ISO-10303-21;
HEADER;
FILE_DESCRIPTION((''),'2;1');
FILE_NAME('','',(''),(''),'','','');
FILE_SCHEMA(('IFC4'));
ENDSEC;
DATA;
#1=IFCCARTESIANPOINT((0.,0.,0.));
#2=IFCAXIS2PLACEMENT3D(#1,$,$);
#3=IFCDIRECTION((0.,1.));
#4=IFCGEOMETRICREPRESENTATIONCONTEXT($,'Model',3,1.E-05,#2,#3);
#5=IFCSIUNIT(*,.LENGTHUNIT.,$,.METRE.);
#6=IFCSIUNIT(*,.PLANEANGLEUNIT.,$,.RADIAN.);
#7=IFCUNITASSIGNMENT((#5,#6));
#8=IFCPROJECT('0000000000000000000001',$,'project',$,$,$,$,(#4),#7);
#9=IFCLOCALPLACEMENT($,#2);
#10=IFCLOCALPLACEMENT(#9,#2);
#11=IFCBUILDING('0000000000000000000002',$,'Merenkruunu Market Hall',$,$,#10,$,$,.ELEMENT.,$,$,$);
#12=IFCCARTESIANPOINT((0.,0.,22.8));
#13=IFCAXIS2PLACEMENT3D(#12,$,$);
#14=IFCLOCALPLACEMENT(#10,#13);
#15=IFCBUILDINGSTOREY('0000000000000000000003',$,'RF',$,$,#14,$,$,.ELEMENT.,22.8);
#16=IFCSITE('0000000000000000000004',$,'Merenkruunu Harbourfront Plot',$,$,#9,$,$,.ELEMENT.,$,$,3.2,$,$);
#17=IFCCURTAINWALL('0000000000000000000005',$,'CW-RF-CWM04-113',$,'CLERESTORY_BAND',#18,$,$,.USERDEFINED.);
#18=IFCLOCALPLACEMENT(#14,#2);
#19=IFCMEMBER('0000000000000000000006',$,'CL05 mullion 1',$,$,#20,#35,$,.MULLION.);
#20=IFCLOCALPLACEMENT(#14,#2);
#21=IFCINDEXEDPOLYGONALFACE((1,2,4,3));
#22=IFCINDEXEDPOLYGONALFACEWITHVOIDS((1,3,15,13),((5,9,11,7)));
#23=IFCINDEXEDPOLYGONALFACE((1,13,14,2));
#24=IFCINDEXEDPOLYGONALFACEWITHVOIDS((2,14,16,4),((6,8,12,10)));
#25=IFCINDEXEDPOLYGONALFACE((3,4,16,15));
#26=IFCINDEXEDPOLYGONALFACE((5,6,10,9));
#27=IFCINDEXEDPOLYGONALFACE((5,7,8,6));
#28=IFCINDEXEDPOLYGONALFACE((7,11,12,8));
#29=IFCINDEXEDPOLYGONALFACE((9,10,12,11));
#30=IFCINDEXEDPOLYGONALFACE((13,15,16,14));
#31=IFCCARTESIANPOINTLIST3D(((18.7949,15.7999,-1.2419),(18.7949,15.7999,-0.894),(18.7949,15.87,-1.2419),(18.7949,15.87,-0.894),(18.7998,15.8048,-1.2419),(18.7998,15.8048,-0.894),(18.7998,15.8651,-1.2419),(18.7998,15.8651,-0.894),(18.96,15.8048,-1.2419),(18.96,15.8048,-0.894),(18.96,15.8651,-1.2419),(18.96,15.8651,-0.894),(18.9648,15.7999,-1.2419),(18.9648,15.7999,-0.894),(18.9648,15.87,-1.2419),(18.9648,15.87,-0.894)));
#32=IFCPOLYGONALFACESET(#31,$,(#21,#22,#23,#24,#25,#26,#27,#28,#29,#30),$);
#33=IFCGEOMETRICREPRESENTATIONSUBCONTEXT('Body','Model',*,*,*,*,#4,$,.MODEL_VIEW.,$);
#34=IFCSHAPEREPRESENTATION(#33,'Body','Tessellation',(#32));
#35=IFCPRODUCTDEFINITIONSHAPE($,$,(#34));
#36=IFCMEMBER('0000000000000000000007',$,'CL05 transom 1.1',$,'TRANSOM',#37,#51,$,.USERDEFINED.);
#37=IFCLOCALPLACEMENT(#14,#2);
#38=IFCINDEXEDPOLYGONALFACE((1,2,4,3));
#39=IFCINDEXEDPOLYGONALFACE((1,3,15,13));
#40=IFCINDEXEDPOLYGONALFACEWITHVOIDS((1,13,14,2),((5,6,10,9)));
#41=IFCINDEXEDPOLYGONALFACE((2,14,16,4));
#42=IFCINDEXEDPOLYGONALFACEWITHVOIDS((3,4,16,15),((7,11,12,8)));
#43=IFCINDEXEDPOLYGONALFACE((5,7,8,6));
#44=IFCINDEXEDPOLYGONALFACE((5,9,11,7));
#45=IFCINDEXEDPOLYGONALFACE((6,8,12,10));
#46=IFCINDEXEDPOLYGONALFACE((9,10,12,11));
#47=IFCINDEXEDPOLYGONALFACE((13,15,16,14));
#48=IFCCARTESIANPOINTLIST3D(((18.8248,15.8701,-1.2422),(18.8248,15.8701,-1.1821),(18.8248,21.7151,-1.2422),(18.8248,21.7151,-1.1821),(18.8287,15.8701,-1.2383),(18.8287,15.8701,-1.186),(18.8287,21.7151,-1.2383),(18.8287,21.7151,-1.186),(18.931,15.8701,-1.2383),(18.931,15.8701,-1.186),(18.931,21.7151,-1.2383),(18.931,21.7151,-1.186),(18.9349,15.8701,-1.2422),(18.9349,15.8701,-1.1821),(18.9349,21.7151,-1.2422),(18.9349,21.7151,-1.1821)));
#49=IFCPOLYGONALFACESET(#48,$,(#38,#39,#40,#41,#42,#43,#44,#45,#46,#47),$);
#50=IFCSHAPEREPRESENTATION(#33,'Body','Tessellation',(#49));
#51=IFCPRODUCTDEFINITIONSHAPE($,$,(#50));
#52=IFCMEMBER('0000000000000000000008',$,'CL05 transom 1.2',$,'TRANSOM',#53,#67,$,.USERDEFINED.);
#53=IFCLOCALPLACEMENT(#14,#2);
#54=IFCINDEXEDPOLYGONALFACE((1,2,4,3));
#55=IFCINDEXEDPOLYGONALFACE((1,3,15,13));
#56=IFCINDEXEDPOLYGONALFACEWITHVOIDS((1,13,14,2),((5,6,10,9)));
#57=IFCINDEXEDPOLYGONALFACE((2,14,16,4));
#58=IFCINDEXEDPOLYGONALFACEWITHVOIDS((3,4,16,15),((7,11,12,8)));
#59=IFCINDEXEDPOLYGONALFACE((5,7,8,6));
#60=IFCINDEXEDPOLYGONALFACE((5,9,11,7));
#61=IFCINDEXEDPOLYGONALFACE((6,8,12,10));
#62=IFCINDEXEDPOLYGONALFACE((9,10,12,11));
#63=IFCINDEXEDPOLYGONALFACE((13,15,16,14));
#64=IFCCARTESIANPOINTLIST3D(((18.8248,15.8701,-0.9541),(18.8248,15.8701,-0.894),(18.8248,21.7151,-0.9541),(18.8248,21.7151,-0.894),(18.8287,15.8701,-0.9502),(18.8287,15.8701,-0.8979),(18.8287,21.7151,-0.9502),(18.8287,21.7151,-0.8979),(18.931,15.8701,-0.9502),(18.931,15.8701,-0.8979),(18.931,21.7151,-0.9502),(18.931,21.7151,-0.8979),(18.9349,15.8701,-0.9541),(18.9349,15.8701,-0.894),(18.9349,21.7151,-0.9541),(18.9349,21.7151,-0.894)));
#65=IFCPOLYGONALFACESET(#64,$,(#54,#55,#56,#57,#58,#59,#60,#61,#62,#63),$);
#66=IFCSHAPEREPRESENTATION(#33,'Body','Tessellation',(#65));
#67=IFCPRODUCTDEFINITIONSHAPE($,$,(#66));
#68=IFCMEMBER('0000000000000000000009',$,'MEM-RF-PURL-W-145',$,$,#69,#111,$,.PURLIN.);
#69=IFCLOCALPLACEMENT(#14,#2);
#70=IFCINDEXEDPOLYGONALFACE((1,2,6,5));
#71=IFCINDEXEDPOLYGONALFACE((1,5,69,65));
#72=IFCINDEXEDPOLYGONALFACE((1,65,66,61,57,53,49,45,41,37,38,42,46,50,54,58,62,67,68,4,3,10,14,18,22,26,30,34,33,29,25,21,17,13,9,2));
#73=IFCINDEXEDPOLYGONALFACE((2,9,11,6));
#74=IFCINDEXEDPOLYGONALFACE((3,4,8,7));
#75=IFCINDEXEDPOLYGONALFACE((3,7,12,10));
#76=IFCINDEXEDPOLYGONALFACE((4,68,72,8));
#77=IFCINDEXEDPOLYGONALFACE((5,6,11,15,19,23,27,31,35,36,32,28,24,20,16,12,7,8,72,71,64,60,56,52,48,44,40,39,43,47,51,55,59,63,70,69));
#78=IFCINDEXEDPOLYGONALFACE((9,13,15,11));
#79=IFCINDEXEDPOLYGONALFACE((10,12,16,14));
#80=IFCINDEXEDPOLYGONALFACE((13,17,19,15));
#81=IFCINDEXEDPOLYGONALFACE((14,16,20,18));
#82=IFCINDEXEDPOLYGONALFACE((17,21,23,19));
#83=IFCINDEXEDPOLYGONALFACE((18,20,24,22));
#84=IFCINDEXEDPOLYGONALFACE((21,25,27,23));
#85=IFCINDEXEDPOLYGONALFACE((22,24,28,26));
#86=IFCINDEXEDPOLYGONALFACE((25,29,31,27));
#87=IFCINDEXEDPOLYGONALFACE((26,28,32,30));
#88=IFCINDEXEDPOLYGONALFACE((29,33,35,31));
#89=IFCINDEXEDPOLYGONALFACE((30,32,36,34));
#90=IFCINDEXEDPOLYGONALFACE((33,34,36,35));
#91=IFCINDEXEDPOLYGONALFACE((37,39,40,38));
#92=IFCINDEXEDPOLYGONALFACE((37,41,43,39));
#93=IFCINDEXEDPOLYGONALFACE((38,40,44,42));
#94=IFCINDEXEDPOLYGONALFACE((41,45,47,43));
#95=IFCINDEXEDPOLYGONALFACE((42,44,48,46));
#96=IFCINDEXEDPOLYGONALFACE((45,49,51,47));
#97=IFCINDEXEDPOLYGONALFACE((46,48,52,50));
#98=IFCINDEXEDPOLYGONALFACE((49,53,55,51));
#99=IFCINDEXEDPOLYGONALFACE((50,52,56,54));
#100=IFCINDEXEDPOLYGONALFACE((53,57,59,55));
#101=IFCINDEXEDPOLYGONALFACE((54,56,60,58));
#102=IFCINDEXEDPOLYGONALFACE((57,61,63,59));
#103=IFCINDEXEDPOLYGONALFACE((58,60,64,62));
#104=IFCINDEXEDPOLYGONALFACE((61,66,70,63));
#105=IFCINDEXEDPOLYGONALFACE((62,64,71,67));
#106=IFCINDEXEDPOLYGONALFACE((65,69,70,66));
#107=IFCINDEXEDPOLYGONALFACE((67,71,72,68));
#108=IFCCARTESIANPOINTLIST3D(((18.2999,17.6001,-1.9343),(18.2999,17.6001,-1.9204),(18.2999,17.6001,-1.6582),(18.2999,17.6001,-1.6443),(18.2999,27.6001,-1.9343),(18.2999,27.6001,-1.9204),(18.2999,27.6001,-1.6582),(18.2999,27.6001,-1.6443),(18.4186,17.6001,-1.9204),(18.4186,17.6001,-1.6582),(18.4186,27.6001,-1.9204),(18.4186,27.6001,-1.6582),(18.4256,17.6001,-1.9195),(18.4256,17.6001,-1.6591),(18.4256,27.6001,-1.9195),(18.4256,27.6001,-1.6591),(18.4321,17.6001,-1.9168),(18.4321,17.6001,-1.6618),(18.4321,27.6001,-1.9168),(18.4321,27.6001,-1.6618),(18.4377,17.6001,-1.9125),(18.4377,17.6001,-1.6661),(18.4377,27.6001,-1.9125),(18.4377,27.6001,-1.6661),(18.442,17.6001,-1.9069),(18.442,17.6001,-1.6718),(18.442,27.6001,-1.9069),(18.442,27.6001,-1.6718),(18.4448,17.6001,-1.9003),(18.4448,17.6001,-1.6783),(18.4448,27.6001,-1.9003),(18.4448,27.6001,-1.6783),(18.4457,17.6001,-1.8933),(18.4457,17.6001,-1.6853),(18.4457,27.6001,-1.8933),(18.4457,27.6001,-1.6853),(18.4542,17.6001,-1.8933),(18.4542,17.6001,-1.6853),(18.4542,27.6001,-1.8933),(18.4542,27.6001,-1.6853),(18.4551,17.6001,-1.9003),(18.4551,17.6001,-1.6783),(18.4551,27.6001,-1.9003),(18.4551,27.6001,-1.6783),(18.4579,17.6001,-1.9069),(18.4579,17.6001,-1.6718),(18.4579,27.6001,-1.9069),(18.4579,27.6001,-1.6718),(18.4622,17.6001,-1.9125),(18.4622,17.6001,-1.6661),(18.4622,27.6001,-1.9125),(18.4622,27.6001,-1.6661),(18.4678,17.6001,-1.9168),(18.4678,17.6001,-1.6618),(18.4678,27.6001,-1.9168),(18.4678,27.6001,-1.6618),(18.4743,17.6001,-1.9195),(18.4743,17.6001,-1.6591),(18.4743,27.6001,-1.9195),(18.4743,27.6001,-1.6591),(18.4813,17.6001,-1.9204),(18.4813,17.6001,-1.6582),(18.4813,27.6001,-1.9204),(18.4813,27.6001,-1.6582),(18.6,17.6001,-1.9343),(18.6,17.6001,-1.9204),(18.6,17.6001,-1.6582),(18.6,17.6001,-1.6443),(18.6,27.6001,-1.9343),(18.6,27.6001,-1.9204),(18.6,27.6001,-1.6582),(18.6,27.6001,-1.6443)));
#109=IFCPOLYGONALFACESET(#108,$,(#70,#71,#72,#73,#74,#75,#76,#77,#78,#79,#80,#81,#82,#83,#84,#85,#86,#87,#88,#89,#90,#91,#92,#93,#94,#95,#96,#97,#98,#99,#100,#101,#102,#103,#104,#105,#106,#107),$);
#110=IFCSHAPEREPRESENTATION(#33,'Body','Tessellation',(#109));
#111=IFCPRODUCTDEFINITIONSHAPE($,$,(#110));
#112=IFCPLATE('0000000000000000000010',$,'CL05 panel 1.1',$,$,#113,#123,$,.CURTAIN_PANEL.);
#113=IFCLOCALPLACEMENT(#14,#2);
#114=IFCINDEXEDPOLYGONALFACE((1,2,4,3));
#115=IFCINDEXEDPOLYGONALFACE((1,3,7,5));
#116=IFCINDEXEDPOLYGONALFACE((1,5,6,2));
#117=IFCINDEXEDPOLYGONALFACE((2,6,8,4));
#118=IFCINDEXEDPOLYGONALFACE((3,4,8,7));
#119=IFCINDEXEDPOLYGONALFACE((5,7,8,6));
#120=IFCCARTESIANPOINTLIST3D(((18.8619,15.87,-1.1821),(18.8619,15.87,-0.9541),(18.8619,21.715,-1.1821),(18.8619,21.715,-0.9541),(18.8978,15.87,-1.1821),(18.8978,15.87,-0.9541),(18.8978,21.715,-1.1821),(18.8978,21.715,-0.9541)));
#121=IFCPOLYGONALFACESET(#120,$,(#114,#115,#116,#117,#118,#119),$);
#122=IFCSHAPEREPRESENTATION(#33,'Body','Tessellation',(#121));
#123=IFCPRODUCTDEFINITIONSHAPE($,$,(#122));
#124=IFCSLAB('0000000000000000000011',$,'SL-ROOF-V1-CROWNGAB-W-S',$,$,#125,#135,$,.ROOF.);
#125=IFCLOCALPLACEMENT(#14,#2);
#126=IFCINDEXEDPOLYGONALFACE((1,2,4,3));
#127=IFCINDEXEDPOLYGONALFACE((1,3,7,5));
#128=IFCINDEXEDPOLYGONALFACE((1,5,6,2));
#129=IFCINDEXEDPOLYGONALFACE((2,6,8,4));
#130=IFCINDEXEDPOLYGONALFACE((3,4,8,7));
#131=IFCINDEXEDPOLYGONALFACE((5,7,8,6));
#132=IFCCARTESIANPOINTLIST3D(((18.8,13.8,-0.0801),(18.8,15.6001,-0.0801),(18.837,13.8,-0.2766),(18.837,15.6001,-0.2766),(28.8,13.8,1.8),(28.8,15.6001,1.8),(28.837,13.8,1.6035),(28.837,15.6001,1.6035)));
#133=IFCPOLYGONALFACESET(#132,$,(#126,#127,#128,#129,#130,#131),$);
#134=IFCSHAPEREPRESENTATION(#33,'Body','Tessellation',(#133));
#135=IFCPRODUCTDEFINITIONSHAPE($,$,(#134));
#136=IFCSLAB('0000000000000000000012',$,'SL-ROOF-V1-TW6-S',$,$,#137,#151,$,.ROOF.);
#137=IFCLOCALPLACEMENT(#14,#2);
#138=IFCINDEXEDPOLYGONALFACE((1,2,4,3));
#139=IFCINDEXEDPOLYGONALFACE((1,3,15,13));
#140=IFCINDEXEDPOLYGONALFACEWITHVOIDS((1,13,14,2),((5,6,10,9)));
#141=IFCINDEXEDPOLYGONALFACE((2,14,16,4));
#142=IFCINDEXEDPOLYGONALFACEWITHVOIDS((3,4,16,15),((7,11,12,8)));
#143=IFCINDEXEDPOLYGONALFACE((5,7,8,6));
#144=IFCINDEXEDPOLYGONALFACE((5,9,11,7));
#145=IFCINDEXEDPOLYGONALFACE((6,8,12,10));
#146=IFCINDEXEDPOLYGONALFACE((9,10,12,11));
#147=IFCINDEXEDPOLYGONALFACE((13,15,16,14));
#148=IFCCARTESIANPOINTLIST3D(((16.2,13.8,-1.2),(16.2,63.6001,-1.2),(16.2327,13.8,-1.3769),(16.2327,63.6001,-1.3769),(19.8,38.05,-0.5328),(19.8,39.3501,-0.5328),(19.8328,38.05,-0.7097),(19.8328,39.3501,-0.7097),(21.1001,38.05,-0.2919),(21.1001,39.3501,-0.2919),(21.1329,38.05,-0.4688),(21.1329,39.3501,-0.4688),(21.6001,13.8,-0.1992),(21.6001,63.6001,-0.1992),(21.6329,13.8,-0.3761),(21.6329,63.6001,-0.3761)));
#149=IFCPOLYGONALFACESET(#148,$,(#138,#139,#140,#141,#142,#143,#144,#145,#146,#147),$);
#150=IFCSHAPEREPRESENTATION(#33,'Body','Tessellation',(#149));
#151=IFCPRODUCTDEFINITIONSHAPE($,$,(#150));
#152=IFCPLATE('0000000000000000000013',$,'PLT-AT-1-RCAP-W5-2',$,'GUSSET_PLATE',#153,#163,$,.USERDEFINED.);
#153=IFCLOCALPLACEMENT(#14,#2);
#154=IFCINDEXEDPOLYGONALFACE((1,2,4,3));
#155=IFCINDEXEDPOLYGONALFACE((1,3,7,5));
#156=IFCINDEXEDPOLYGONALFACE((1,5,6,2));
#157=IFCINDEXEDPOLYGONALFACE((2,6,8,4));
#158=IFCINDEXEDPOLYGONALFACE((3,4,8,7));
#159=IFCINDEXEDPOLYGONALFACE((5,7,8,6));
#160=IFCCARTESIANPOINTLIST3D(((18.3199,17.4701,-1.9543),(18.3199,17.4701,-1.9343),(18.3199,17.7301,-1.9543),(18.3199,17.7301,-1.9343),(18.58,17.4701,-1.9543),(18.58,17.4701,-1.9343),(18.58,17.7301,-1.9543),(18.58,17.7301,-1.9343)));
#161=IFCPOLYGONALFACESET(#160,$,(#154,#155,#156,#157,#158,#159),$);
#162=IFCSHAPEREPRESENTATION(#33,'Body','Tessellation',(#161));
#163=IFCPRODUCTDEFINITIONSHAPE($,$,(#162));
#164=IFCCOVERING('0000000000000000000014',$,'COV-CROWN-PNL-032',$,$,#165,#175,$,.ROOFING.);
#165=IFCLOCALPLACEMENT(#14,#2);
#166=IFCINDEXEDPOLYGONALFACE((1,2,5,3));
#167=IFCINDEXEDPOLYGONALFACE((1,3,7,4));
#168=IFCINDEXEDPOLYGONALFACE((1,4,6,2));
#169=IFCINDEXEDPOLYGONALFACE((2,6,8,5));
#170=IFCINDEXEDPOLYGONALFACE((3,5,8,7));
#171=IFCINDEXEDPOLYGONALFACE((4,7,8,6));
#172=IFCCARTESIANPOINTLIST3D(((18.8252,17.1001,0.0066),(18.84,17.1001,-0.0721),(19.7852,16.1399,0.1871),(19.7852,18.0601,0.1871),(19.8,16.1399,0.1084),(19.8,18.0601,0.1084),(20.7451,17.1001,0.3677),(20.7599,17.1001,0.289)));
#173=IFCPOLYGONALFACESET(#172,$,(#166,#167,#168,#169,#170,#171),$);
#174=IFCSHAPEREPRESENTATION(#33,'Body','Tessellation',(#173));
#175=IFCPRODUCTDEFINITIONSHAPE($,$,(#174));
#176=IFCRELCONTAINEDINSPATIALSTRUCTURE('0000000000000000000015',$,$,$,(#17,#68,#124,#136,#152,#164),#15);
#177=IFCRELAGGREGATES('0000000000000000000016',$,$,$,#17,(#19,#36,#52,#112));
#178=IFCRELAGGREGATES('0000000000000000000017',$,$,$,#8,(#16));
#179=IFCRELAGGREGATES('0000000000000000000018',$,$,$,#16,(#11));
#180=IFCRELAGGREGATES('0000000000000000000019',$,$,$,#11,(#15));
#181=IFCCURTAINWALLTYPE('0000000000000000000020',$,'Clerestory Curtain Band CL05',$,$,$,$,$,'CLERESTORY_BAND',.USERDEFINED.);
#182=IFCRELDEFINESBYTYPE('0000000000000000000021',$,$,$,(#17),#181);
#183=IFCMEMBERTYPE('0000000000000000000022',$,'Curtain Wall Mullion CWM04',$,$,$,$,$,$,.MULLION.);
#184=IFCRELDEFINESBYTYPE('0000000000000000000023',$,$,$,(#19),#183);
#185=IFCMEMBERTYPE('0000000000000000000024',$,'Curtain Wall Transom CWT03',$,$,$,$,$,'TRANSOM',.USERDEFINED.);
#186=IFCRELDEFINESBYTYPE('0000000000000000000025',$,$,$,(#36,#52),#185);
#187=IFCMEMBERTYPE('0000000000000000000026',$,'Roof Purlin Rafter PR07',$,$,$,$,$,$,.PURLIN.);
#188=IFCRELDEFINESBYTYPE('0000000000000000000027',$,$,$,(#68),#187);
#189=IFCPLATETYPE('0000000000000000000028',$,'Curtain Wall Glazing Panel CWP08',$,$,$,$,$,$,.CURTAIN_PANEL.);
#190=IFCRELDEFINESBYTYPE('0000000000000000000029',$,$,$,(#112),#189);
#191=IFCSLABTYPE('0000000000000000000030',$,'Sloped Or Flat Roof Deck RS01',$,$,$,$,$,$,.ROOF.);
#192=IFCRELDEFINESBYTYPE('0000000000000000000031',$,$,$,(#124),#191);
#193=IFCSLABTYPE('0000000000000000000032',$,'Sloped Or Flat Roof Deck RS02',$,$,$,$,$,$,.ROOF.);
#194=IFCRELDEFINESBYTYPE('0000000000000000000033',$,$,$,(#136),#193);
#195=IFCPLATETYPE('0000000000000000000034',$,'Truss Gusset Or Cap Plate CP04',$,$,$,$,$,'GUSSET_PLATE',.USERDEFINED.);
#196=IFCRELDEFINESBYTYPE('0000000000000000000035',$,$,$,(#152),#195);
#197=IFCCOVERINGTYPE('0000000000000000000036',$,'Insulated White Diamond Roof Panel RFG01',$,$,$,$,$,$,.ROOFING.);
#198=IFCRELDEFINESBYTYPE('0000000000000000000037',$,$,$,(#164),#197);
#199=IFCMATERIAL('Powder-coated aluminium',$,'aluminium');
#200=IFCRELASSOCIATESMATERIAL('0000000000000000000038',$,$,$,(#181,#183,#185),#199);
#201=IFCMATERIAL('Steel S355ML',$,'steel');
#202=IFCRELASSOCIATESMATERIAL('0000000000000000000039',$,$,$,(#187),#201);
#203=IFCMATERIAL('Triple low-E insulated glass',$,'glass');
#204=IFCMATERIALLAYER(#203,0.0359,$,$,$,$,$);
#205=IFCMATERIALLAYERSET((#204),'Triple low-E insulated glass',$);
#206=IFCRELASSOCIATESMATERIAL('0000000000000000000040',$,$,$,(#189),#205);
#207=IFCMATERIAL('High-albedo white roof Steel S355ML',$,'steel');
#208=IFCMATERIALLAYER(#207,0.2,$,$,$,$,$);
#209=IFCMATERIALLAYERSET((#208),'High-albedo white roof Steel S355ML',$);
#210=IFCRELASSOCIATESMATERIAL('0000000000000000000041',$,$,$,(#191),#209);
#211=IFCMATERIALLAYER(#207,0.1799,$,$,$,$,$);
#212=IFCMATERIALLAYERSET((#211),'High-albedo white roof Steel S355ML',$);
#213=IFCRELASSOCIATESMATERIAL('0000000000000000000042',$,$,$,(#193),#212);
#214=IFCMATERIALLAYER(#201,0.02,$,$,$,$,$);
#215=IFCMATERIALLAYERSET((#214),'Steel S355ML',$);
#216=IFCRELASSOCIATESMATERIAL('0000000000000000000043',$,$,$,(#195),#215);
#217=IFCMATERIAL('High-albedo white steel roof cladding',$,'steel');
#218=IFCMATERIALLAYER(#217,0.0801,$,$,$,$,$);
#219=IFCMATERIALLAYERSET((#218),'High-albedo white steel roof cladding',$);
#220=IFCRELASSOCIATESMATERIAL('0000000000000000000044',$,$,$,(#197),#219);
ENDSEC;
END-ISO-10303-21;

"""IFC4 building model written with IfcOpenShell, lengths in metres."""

from ifc_helpers import new_model, si_unit, direction, frame, origin, origin_2d, place, context, subcontext, project, spatial, polyline, rectangle, hollow_rectangle, i_section, outline, extrude, material, layer, layer_set, material_profile, profile_set, type_object, element, aggregate, save


model = new_model("IFC4")

# Units and contexts
model_context = context("Model", 3, precision=1e-05, world=origin(), true_north=direction((0.0, 1.0)))
body_context = subcontext(model_context, "Body", "Model", "MODEL_VIEW")
ifc_project = project(units=[si_unit("LENGTHUNIT", "METRE"), si_unit("PLANEANGLEUNIT", "RADIAN")], contexts=[model_context])

# Site, building, storey
site_placement = place(None, origin())
site = spatial("IfcSite", under=ifc_project, at=site_placement, Name="Merenkruunu Harbourfront Plot", CompositionType="ELEMENT", RefElevation=3.2)
building_placement = place(site_placement, origin())
building = spatial("IfcBuilding", under=site, at=building_placement, Name="Merenkruunu Market Hall", CompositionType="ELEMENT")
storey_placement = place(building_placement, frame((0.0, 0.0, 22.8)))
storey = spatial("IfcBuildingStorey", under=building, at=storey_placement, Name="RF", CompositionType="ELEMENT", Elevation=22.8)

# Curtain wall, members
ifc_material_1 = material(Name="Powder-coated aluminium", Category="aluminium")
curtain_wall_type = type_object("IfcCurtainWallType", Name="Clerestory Curtain Band CL05", ElementType="CLERESTORY_BAND", PredefinedType="USERDEFINED", material=ifc_material_1)
curtain_wall_placement = place(storey_placement, origin())
curtain_wall = element("IfcCurtainWall", 1, at=curtain_wall_placement, inside=storey, type_object=curtain_wall_type, Name="CW-RF-CWM04-113", ObjectType="CLERESTORY_BAND", PredefinedType="USERDEFINED")
ifc_material_profile_1 = material_profile(ifc_material_1, hollow_rectangle(XDim=0.0701, YDim=0.1699, WallThickness=0.0049, at=origin_2d()), Name="ALU 70x170x5")
ifc_profile_set_1 = profile_set([ifc_material_profile_1], Name="Powder-coated aluminium")
member_type_1 = type_object("IfcMemberType", Name="Curtain Wall Mullion CWM04", PredefinedType="MULLION", material=ifc_profile_set_1)
member_1_placement = place(storey_placement, frame((18.8799, 15.835, -1.2419), z_axis=(0.0, 0.0, 1.0), x_axis=(0.0, 1.0, 0.0)))
member_1 = element("IfcMember", 2, at=member_1_placement, type_object=member_type_1, Name="CL05 mullion 1", PredefinedType="MULLION", context=body_context, shape_type="SweptSolid", body=[
    extrude(hollow_rectangle(XDim=0.0701, YDim=0.1699, WallThickness=0.0049, at=origin_2d()), origin(), (0.0, 0.0, 1.0), 0.3479),
])
ifc_material_profile_2 = material_profile(ifc_material_1, hollow_rectangle(XDim=0.0601, YDim=0.1101, WallThickness=0.0039, at=origin_2d()), Name="ALU 60x110x4")
ifc_profile_set_2 = profile_set([ifc_material_profile_2], Name="Powder-coated aluminium")
member_type_2 = type_object("IfcMemberType", Name="Curtain Wall Transom CWT03", ElementType="TRANSOM", PredefinedType="USERDEFINED", material=ifc_profile_set_2)
member_2_placement = place(storey_placement, frame((18.8799, 15.8701, -1.2122), z_axis=(0.0, 1.0, 0.0), x_axis=(0.0, 0.0, 1.0)))
member_2 = element("IfcMember", 3, at=member_2_placement, type_object=member_type_2, Name="CL05 transom 1.1", ObjectType="TRANSOM", PredefinedType="USERDEFINED", context=body_context, shape_type="SweptSolid", body=[
    extrude(hollow_rectangle(XDim=0.0601, YDim=0.1101, WallThickness=0.0039, at=origin_2d()), origin(), (0.0, 0.0, 1.0), 5.845),
])
member_3_placement = place(storey_placement, frame((18.8799, 15.8701, -0.9241), z_axis=(0.0, 1.0, 0.0), x_axis=(0.0, 0.0, 1.0)))
member_3 = element("IfcMember", 4, at=member_3_placement, type_object=member_type_2, Name="CL05 transom 1.2", ObjectType="TRANSOM", PredefinedType="USERDEFINED", context=body_context, shape_type="SweptSolid", body=[
    extrude(hollow_rectangle(XDim=0.0601, YDim=0.1101, WallThickness=0.0039, at=origin_2d()), origin(), (0.0, 0.0, 1.0), 5.845),
])

# Member
ifc_material_2 = material(Name="Steel S355ML", Category="steel")
ifc_material_profile_3 = material_profile(ifc_material_2, i_section(OverallWidth=0.3, OverallDepth=0.29, WebThickness=0.0085, FlangeThickness=0.0139, FilletRadius=0.0271, at=origin_2d()), Name="HEA 300")
ifc_profile_set_3 = profile_set([ifc_material_profile_3], Name="Steel S355ML")
member_type_3 = type_object("IfcMemberType", Name="Roof Purlin Rafter PR07", PredefinedType="PURLIN", material=ifc_profile_set_3)
member_4_placement = place(storey_placement, frame((18.45, 17.6001, -1.7893), z_axis=(0.0, 1.0, 0.0), x_axis=(-1.0, 0.0, 0.0)))
element("IfcMember", 5, at=member_4_placement, inside=storey, type_object=member_type_3, Name="MEM-RF-PURL-W-145", PredefinedType="PURLIN", context=body_context, shape_type="SweptSolid", body=[
    extrude(i_section(OverallWidth=0.3, OverallDepth=0.29, WebThickness=0.0085, FlangeThickness=0.0139, FilletRadius=0.0271, at=origin_2d()), origin(), (0.0, 0.0, 1.0), 10.0),
])

# Plate
ifc_material_3 = material(Name="Triple low-E insulated glass", Category="glass")
ifc_layer_1 = layer(ifc_material_3, 0.0359)
ifc_layer_set_1 = layer_set([ifc_layer_1], Name="Triple low-E insulated glass")
plate_type_1 = type_object("IfcPlateType", Name="Curtain Wall Glazing Panel CWP08", PredefinedType="CURTAIN_PANEL", material=ifc_layer_set_1)
plate_1_placement = place(storey_placement, frame((18.8799, 18.7925, -1.1821), z_axis=(0.0, 0.0, 1.0), x_axis=(0.0, 1.0, 0.0)))
plate_1 = element("IfcPlate", 6, at=plate_1_placement, type_object=plate_type_1, Name="CL05 panel 1.1", PredefinedType="CURTAIN_PANEL", context=body_context, shape_type="SweptSolid", body=[
    extrude(rectangle(XDim=5.845, YDim=0.0359, at=origin_2d()), origin(), (0.0, 0.0, 1.0), 0.228),
])
aggregate(curtain_wall, [member_1, member_2, member_3, plate_1])

# Shared definitions
ifc_material_4 = material(Name="High-albedo white roof Steel S355ML", Category="steel")
ifc_layer_2 = layer(ifc_material_4, 0.2)
ifc_layer_set_2 = layer_set([ifc_layer_2], Name="High-albedo white roof Steel S355ML")
slab_type_1 = type_object("IfcSlabType", Name="Sloped Or Flat Roof Deck RS01", PredefinedType="ROOF", material=ifc_layer_set_2)

# Slabs
slab_1_placement = place(storey_placement, frame((18.8, 13.8, -0.0801), z_axis=(-0.184775, 0.0, 0.982781), x_axis=(0.982781, 0.0, 0.184775)))
element("IfcSlab", 7, at=slab_1_placement, inside=storey, type_object=slab_type_1, Name="SL-ROOF-V1-CROWNGAB-W-S", PredefinedType="ROOF", context=body_context, shape_type="SweptSolid", body=[
    extrude(outline(polyline([(0.0, 0.0), (10.1752, 0.0), (10.1752, 1.8), (0.0, 1.8), (0.0, 0.0)])), origin(), (0.0, 0.0, -1.0), 0.2),
])
ifc_layer_3 = layer(ifc_material_4, 0.1799)
ifc_layer_set_3 = layer_set([ifc_layer_3], Name="High-albedo white roof Steel S355ML")
slab_type_2 = type_object("IfcSlabType", Name="Sloped Or Flat Roof Deck RS02", PredefinedType="ROOF", material=ifc_layer_set_3)
slab_2_placement = place(storey_placement, frame((16.2, 13.8, -1.2), z_axis=(-0.182213, 0.0, 0.983259), x_axis=(0.983259, 0.0, 0.182213)))
element("IfcSlab", 8, at=slab_2_placement, inside=storey, type_object=slab_type_2, Name="SL-ROOF-V1-TW6-S", PredefinedType="ROOF", context=body_context, shape_type="SweptSolid", body=[
    extrude(outline(polyline([(0.0, 0.0), (5.4921, 0.0), (5.4921, 49.8), (0.0, 49.8), (0.0, 0.0)]), holes=[polyline([(3.6614, 24.25), (4.9836, 24.25), (4.9836, 25.55), (3.6614, 25.55), (3.6614, 24.25)])]), origin(), (0.0, 0.0, -1.0), 0.1799),
])

# Plate
ifc_layer_4 = layer(ifc_material_2, 0.02)
ifc_layer_set_4 = layer_set([ifc_layer_4], Name="Steel S355ML")
plate_type_2 = type_object("IfcPlateType", Name="Truss Gusset Or Cap Plate CP04", ElementType="GUSSET_PLATE", PredefinedType="USERDEFINED", material=ifc_layer_set_4)
plate_2_placement = place(storey_placement, frame((18.45, 17.6001, -1.9543), z_axis=(0.0, 0.0, 1.0), x_axis=(1.0, 0.0, 0.0)))
element("IfcPlate", 9, at=plate_2_placement, inside=storey, type_object=plate_type_2, Name="PLT-AT-1-RCAP-W5-2", ObjectType="GUSSET_PLATE", PredefinedType="USERDEFINED", context=body_context, shape_type="SweptSolid", body=[
    extrude(rectangle(XDim=0.26, YDim=0.26, at=origin_2d()), origin(), (0.0, 0.0, 1.0), 0.02),
])

# Covering
ifc_material_5 = material(Name="High-albedo white steel roof cladding", Category="steel")
ifc_layer_5 = layer(ifc_material_5, 0.0801)
ifc_layer_set_5 = layer_set([ifc_layer_5], Name="High-albedo white steel roof cladding")
covering_type_1 = type_object("IfcCoveringType", Name="Insulated White Diamond Roof Panel RFG01", PredefinedType="ROOFING", material=ifc_layer_set_5)
covering_1_placement = place(storey_placement, frame((18.8252, 17.1001, 0.0066), z_axis=(-0.184832, 0.0, 0.98277), x_axis=(0.700856, -0.701018, 0.131812)))
element("IfcCovering", 10, at=covering_1_placement, inside=storey, type_object=covering_type_1, Name="COV-CROWN-PNL-032", PredefinedType="ROOFING", context=body_context, shape_type="SweptSolid", body=[
    extrude(outline(polyline([(0.0, 0.0), (1.3697, 0.0), (1.3932, 1.3695), (0.0237, 1.3694), (0.0, 0.0)])), origin(), (0.0, 0.0, -1.0), 0.0801),
])

save(model, "model.ifc")
